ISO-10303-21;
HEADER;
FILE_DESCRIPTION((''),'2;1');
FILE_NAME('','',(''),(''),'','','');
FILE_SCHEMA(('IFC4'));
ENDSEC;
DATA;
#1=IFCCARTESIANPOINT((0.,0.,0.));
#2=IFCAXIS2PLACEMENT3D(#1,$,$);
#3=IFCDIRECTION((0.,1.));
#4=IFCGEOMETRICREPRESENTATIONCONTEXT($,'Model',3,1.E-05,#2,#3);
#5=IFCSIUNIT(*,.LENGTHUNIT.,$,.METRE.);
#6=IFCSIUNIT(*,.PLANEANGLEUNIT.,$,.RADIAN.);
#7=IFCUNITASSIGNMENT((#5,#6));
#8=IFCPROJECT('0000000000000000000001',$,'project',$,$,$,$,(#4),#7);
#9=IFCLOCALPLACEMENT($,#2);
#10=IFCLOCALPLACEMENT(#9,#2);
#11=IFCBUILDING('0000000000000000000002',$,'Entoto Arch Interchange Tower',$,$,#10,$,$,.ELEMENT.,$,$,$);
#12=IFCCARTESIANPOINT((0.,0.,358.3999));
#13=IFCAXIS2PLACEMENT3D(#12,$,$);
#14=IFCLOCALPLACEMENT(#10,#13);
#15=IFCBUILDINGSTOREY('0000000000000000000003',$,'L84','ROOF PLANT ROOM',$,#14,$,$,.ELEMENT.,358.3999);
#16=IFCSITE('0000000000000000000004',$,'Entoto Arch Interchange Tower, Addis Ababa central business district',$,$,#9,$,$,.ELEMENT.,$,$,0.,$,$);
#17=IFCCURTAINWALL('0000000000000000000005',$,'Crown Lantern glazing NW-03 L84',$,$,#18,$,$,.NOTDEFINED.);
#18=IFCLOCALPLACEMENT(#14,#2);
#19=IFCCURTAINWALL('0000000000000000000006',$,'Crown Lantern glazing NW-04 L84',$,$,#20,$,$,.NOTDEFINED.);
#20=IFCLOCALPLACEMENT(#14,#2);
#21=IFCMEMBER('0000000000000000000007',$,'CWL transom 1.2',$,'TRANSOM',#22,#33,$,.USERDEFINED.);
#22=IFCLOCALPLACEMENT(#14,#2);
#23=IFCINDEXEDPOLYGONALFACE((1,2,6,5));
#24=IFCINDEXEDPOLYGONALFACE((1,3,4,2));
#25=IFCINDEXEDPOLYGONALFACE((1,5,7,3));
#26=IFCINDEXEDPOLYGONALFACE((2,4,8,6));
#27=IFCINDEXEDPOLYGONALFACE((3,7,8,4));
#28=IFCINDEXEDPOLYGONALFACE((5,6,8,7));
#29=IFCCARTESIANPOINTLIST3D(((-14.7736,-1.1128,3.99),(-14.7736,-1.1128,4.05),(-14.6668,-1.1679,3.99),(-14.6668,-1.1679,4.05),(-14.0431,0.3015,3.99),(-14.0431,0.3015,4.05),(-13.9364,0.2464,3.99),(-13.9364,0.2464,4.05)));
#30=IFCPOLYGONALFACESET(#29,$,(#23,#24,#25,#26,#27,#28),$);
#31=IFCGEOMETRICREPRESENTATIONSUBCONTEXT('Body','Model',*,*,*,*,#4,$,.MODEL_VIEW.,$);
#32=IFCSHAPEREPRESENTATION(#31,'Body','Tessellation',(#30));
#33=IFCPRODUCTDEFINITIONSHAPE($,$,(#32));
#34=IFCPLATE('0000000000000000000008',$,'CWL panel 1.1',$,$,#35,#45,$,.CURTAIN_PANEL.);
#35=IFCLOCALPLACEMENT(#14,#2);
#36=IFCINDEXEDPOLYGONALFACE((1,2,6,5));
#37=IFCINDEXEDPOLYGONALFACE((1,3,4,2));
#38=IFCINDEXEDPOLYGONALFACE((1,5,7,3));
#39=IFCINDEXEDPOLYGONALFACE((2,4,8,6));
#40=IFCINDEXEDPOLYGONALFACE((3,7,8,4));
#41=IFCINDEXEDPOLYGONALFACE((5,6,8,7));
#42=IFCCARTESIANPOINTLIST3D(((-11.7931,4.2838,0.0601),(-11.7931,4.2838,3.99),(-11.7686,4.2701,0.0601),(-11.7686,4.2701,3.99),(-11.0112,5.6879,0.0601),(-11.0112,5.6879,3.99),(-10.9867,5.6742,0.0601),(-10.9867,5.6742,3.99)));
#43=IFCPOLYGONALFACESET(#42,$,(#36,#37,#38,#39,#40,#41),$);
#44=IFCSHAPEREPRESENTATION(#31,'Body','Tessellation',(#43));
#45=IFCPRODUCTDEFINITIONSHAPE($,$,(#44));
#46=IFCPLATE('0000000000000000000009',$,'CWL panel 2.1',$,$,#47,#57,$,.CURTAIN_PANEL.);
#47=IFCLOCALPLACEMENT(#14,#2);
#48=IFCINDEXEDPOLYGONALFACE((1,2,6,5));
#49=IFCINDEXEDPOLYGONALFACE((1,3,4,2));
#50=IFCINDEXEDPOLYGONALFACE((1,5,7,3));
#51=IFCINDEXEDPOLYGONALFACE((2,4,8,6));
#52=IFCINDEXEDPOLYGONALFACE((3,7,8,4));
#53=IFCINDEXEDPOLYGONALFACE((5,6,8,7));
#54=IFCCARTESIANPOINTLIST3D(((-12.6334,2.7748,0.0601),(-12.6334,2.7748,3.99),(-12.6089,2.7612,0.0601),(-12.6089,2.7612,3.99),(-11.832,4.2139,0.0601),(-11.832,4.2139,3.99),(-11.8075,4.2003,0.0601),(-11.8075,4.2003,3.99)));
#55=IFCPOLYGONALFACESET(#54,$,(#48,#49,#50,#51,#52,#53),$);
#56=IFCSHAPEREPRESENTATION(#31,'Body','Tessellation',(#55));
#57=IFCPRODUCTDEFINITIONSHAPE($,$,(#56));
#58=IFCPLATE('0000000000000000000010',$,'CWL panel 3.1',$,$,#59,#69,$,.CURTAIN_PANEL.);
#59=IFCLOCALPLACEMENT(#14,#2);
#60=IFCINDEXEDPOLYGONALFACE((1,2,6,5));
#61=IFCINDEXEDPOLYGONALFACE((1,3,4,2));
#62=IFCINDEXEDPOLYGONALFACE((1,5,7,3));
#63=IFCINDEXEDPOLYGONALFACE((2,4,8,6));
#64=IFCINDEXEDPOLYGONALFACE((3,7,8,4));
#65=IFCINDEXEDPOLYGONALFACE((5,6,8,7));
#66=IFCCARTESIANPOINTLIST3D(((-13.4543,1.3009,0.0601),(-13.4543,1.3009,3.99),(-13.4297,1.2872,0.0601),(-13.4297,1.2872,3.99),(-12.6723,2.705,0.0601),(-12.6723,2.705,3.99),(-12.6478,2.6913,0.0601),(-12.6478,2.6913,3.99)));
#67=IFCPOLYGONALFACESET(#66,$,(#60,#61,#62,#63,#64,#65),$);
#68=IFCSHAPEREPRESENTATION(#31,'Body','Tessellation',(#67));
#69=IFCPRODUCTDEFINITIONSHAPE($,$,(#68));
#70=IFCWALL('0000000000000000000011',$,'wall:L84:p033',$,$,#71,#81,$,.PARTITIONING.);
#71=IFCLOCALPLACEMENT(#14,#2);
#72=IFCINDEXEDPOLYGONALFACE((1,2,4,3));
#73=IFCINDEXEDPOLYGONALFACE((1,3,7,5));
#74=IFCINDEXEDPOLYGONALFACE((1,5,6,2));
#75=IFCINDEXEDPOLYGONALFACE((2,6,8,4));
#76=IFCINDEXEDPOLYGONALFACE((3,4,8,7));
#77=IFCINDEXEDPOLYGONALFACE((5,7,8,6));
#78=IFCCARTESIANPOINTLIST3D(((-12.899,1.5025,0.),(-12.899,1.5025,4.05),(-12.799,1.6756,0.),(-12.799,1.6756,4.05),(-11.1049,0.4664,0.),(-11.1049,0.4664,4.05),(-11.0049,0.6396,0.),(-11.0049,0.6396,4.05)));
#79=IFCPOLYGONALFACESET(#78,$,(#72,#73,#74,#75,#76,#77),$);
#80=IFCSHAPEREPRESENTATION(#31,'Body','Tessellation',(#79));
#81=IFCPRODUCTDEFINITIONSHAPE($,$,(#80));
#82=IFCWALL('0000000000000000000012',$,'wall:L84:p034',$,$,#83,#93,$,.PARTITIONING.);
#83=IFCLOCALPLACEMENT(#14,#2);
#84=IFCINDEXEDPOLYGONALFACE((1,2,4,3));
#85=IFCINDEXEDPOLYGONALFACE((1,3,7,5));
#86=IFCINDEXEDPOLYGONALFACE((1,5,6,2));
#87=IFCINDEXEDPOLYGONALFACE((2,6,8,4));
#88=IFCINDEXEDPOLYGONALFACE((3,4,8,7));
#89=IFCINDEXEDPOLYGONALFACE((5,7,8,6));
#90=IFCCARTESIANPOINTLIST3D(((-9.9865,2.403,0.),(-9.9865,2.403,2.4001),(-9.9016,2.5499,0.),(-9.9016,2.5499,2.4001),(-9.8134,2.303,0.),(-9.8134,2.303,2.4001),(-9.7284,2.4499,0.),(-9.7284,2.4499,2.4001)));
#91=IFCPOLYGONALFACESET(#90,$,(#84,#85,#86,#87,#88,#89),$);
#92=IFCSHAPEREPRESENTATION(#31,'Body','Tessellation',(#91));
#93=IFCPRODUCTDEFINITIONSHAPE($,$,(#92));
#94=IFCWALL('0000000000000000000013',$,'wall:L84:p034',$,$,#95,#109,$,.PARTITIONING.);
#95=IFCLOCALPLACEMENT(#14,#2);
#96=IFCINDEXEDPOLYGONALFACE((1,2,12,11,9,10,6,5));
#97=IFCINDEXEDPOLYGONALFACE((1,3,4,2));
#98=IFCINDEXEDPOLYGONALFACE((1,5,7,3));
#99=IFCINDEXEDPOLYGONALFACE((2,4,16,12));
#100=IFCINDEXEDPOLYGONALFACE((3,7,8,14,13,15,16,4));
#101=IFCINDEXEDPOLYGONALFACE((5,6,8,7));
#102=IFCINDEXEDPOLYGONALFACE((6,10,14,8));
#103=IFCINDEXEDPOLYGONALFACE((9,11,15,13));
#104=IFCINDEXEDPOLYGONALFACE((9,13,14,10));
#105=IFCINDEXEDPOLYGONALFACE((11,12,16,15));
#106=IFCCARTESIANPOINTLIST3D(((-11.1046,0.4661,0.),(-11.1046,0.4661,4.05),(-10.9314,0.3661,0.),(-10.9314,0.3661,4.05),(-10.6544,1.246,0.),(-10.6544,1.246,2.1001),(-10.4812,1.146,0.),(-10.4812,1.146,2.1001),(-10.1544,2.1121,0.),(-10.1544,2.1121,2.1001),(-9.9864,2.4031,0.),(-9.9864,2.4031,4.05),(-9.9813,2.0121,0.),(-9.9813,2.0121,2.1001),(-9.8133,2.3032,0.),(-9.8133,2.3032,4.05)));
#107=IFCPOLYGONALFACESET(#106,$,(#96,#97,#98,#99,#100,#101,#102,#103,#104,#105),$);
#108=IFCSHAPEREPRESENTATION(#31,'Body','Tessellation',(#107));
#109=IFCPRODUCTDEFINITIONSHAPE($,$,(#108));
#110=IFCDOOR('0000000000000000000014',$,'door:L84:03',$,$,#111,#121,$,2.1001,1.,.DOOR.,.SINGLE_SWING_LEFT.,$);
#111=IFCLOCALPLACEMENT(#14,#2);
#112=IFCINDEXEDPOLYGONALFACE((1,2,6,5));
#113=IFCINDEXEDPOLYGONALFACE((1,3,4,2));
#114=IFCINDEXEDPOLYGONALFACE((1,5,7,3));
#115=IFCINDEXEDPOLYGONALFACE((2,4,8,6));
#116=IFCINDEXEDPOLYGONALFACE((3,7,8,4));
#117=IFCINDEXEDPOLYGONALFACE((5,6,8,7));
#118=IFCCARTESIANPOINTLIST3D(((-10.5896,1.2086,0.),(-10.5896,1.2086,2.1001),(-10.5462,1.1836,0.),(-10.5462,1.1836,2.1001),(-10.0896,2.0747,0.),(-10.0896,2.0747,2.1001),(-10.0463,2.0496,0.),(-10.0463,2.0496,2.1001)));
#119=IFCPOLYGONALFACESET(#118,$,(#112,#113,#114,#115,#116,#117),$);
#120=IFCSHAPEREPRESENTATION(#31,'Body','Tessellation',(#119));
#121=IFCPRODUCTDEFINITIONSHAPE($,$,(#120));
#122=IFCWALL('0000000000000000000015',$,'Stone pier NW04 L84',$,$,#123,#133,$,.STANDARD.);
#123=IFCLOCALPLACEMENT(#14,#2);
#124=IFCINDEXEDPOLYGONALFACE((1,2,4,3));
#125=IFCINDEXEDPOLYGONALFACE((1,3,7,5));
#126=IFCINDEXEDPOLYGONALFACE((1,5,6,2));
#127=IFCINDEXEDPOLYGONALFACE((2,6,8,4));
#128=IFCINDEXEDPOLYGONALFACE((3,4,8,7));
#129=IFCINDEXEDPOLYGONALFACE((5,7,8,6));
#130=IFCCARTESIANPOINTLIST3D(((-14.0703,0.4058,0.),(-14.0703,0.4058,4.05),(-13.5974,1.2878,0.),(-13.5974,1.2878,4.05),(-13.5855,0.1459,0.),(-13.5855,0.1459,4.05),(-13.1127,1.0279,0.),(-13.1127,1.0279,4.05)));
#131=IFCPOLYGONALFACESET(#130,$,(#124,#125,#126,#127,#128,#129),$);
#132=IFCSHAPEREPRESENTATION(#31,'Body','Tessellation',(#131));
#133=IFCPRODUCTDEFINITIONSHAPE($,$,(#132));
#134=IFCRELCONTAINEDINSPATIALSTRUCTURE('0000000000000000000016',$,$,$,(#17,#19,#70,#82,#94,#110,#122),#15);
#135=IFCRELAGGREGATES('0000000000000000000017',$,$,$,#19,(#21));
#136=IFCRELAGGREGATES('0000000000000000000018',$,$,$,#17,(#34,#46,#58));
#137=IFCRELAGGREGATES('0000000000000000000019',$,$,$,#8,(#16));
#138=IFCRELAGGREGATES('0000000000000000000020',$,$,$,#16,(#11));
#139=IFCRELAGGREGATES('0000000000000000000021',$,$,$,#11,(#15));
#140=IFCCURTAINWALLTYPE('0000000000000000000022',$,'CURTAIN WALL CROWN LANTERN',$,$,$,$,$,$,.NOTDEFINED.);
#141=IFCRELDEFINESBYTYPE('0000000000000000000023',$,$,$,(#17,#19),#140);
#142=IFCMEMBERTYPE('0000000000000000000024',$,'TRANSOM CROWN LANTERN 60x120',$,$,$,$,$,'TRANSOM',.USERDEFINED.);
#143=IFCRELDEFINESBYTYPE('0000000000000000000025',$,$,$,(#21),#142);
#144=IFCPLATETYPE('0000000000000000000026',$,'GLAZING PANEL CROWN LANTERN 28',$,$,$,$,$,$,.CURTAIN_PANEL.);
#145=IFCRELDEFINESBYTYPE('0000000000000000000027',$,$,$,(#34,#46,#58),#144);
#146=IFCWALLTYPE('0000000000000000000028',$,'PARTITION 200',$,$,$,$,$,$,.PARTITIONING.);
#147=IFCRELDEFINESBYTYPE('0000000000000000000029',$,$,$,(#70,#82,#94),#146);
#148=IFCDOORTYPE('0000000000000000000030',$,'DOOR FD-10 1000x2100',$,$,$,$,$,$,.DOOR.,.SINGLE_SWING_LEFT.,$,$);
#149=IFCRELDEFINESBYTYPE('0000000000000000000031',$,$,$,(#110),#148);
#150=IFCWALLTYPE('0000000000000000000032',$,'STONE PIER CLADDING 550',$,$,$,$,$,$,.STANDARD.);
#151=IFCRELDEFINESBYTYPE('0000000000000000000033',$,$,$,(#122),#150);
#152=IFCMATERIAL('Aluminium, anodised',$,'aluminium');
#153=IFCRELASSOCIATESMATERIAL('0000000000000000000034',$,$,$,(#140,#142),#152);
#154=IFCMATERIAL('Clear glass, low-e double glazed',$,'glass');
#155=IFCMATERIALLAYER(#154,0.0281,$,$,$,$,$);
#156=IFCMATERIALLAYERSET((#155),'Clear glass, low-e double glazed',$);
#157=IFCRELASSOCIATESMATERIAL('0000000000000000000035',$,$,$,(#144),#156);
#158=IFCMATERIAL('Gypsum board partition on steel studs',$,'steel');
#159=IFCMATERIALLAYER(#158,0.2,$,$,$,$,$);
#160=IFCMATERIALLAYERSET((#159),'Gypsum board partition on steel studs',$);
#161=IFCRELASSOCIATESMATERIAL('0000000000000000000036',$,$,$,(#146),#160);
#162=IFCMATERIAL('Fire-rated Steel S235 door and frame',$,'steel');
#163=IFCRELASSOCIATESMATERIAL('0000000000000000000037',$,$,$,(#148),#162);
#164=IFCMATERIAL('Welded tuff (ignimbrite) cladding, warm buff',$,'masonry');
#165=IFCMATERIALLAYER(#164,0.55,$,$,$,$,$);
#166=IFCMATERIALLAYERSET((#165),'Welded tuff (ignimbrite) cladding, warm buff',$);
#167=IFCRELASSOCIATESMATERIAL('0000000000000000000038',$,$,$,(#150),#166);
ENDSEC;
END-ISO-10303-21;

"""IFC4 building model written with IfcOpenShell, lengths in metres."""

from ifc_helpers import new_model, si_unit, direction, frame, frame_2d, origin, origin_2d, place, context, subcontext, project, spatial, rectangle, extrude, material, layer, layer_set, material_profile, profile_set, type_object, element, fill, aggregate, save


model = new_model("IFC4")

# Units and contexts
model_context = context("Model", 3, precision=1e-05, world=origin(), true_north=direction((0.0, 1.0)))
body_context = subcontext(model_context, "Body", "Model", "MODEL_VIEW")
ifc_project = project(units=[si_unit("LENGTHUNIT", "METRE"), si_unit("PLANEANGLEUNIT", "RADIAN")], contexts=[model_context])

# Site, building, storey
site_placement = place(None, origin())
site = spatial("IfcSite", under=ifc_project, at=site_placement, Name="Entoto Arch Interchange Tower, Addis Ababa central business district", CompositionType="ELEMENT", RefElevation=0.0)
building_placement = place(site_placement, origin())
building = spatial("IfcBuilding", under=site, at=building_placement, Name="Entoto Arch Interchange Tower", CompositionType="ELEMENT")
storey_placement = place(building_placement, frame((0.0, 0.0, 358.3999)))
storey = spatial("IfcBuildingStorey", under=building, at=storey_placement, Name="L84", Description="ROOF PLANT ROOM", CompositionType="ELEMENT", Elevation=358.3999)

# Curtain wall
ifc_material_1 = material(Name="Aluminium, anodised", Category="aluminium")
curtain_wall_type = type_object("IfcCurtainWallType", Name="CURTAIN WALL CROWN LANTERN", PredefinedType="NOTDEFINED", material=ifc_material_1)
curtain_wall_1_placement = place(storey_placement, origin())
curtain_wall_1 = element("IfcCurtainWall", 1, at=curtain_wall_1_placement, inside=storey, type_object=curtain_wall_type, Name="Crown Lantern glazing NW-03 L84", PredefinedType="NOTDEFINED")

# Curtain wall
curtain_wall_2_placement = place(storey_placement, origin())
curtain_wall_2 = element("IfcCurtainWall", 2, at=curtain_wall_2_placement, inside=storey, type_object=curtain_wall_type, Name="Crown Lantern glazing NW-04 L84", PredefinedType="NOTDEFINED")

# Member
ifc_material_profile_1 = material_profile(ifc_material_1, rectangle(XDim=0.1201, YDim=0.0601, at=origin_2d()))
ifc_profile_set_1 = profile_set([ifc_material_profile_1], Name="Aluminium, anodised")
member_type_1 = type_object("IfcMemberType", Name="TRANSOM CROWN LANTERN 60x120", ElementType="TRANSOM", PredefinedType="USERDEFINED", material=ifc_profile_set_1)
member_1_placement = place(storey_placement, frame((-13.9897, 0.2739, 4.02), z_axis=(-0.458893, -0.888492, 0.0), x_axis=(0.888492, -0.458893, 0.0)))
member_1 = element("IfcMember", 3, at=member_1_placement, type_object=member_type_1, Name="CWL transom 1.2", ObjectType="TRANSOM", PredefinedType="USERDEFINED", context=body_context, shape_type="SweptSolid", body=[
    extrude(rectangle(XDim=0.1201, YDim=0.0601, at=origin_2d()), origin(), (0.0, 0.0, 1.0), 1.5918),
])
aggregate(curtain_wall_2, [member_1])

# Plates
ifc_material_2 = material(Name="Clear glass, low-e double glazed", Category="glass")
ifc_layer_1 = layer(ifc_material_2, 0.0281)
ifc_layer_set_1 = layer_set([ifc_layer_1], Name="Clear glass, low-e double glazed")
plate_type = type_object("IfcPlateType", Name="GLAZING PANEL CROWN LANTERN 28", PredefinedType="CURTAIN_PANEL", material=ifc_layer_set_1)
plate_1_placement = place(storey_placement, frame((-11.3899, 4.979, 0.0601), z_axis=(0.0, 0.0, 1.0), x_axis=(-0.486528, -0.873665, 0.0)))
plate_1 = element("IfcPlate", 4, at=plate_1_placement, type_object=plate_type, Name="CWL panel 1.1", PredefinedType="CURTAIN_PANEL", context=body_context, shape_type="SweptSolid", body=[
    extrude(rectangle(XDim=1.6072, YDim=0.0281, at=origin_2d()), origin(), (0.0, 0.0, 1.0), 3.9299),
])
plate_2_placement = place(storey_placement, frame((-12.2205, 3.4875, 0.0601), z_axis=(0.0, 0.0, 1.0), x_axis=(-0.486528, -0.873665, 0.0)))
plate_2 = element("IfcPlate", 5, at=plate_2_placement, type_object=plate_type, Name="CWL panel 2.1", PredefinedType="CURTAIN_PANEL", context=body_context, shape_type="SweptSolid", body=[
    extrude(rectangle(XDim=1.6472, YDim=0.0281, at=origin_2d()), origin(), (0.0, 0.0, 1.0), 3.9299),
])
plate_3_placement = place(storey_placement, frame((-13.051, 1.9961, 0.0601), z_axis=(0.0, 0.0, 1.0), x_axis=(-0.486528, -0.873665, 0.0)))
plate_3 = element("IfcPlate", 6, at=plate_3_placement, type_object=plate_type, Name="CWL panel 3.1", PredefinedType="CURTAIN_PANEL", context=body_context, shape_type="SweptSolid", body=[
    extrude(rectangle(XDim=1.6072, YDim=0.0281, at=origin_2d()), origin(), (0.0, 0.0, 1.0), 3.9299),
])
aggregate(curtain_wall_1, [plate_1, plate_2, plate_3])

# Walls
ifc_material_3 = material(Name="Gypsum board partition on steel studs", Category="steel")
ifc_layer_2 = layer(ifc_material_3, 0.2)
ifc_layer_set_2 = layer_set([ifc_layer_2], Name="Gypsum board partition on steel studs")
wall_type_1 = type_object("IfcWallType", Name="PARTITION 200", PredefinedType="PARTITIONING", material=ifc_layer_set_2)
wall_1_placement = place(storey_placement, frame((-11.0549, 0.553, 0.0), z_axis=(0.0, 0.0, 1.0), x_axis=(-0.865972, 0.500093, 0.0)))
element("IfcWall", 7, at=wall_1_placement, inside=storey, type_object=wall_type_1, Name="wall:L84:p033", PredefinedType="PARTITIONING", context=body_context, shape_type="SweptSolid", body=[
    extrude(rectangle(XDim=2.0718, YDim=0.2, at=frame_2d((1.0359, 0.0))), origin(), (0.0, 0.0, 1.0), 4.05),
])
wall_2_placement = place(storey_placement, frame((-9.8149, 2.5, 0.0), z_axis=(0.0, 0.0, 1.0), x_axis=(-0.500469, -0.865754, 0.0)))
element("IfcWall", 8, at=wall_2_placement, inside=storey, type_object=wall_type_1, Name="wall:L84:p034", PredefinedType="PARTITIONING", context=body_context, shape_type="SweptSolid", body=[
    extrude(rectangle(XDim=0.1697, YDim=0.2, at=frame_2d((0.085, 0.0))), origin(), (0.0, 0.0, 1.0), 2.4001),
])

# Wall, opening, door
wall_3_placement = place(storey_placement, frame((-9.8999, 2.353, 0.0), z_axis=(0.0, 0.0, 1.0), x_axis=(-0.499943, -0.866058, 0.0)))
wall_3 = element("IfcWall", 9, at=wall_3_placement, inside=storey, type_object=wall_type_1, Name="wall:L84:p034", PredefinedType="PARTITIONING", context=body_context, shape_type="SweptSolid", body=[
    extrude(rectangle(XDim=2.2366, YDim=0.2, at=frame_2d((1.1182, 0.0))), origin(), (0.0, 0.0, 1.0), 4.05),
])
opening_placement = place(wall_3_placement, frame((0.3359, 0.0, 0.0)))
opening = element("IfcOpeningElement", 10, at=opening_placement, cuts=wall_3, PredefinedType="OPENING", context=body_context, shape_type="SweptSolid", body=[
    extrude(rectangle(XDim=1.0, YDim=2.1001, at=frame_2d((0.5, 1.05))), frame((0.0, 0.1099, 0.0), z_axis=(0.0, -1.0, 0.0), x_axis=(1.0, 0.0, 0.0)), (0.0, 0.0, 1.0), 0.22),
])
ifc_material_4 = material(Name="Fire-rated Steel S235 door and frame", Category="steel")
door_type = type_object("IfcDoorType", Name="DOOR FD-10 1000x2100", OperationType="SINGLE_SWING_LEFT", PredefinedType="DOOR", material=ifc_material_4)
door_placement = place(opening_placement, origin())
door = element("IfcDoor", 11, at=door_placement, inside=storey, type_object=door_type, Name="door:L84:03", OperationType="SINGLE_SWING_LEFT", OverallHeight=2.1001, OverallWidth=1.0, PredefinedType="DOOR", context=body_context, shape_type="SweptSolid", body=[
    extrude(rectangle(XDim=1.0, YDim=2.1001, at=frame_2d((0.5, 1.05))), frame((0.0, 0.0249, 0.0), z_axis=(0.0, -1.0, 0.0), x_axis=(1.0, 0.0, 0.0)), (0.0, 0.0, 1.0), 0.05),
])
fill(opening, door)

# Wall
ifc_material_5 = material(Name="Welded tuff (ignimbrite) cladding, warm buff", Category="masonry")
ifc_layer_3 = layer(ifc_material_5, 0.55)
ifc_layer_set_3 = layer_set([ifc_layer_3], Name="Welded tuff (ignimbrite) cladding, warm buff")
wall_type_2 = type_object("IfcWallType", Name="STONE PIER CLADDING 550", PredefinedType="STANDARD", material=ifc_layer_set_3)
wall_4_placement = place(storey_placement, frame((-13.355, 1.158, 0.0), z_axis=(0.0, 0.0, 1.0), x_axis=(-0.472499, -0.881331, 0.0)))
element("IfcWall", 12, at=wall_4_placement, inside=storey, type_object=wall_type_2, Name="Stone pier NW04 L84", PredefinedType="STANDARD", context=body_context, shape_type="SweptSolid", body=[
    extrude(rectangle(XDim=1.0007, YDim=0.55, at=frame_2d((0.5005, 0.0))), origin(), (0.0, 0.0, 1.0), 4.05),
])

save(model, "model.ifc")
